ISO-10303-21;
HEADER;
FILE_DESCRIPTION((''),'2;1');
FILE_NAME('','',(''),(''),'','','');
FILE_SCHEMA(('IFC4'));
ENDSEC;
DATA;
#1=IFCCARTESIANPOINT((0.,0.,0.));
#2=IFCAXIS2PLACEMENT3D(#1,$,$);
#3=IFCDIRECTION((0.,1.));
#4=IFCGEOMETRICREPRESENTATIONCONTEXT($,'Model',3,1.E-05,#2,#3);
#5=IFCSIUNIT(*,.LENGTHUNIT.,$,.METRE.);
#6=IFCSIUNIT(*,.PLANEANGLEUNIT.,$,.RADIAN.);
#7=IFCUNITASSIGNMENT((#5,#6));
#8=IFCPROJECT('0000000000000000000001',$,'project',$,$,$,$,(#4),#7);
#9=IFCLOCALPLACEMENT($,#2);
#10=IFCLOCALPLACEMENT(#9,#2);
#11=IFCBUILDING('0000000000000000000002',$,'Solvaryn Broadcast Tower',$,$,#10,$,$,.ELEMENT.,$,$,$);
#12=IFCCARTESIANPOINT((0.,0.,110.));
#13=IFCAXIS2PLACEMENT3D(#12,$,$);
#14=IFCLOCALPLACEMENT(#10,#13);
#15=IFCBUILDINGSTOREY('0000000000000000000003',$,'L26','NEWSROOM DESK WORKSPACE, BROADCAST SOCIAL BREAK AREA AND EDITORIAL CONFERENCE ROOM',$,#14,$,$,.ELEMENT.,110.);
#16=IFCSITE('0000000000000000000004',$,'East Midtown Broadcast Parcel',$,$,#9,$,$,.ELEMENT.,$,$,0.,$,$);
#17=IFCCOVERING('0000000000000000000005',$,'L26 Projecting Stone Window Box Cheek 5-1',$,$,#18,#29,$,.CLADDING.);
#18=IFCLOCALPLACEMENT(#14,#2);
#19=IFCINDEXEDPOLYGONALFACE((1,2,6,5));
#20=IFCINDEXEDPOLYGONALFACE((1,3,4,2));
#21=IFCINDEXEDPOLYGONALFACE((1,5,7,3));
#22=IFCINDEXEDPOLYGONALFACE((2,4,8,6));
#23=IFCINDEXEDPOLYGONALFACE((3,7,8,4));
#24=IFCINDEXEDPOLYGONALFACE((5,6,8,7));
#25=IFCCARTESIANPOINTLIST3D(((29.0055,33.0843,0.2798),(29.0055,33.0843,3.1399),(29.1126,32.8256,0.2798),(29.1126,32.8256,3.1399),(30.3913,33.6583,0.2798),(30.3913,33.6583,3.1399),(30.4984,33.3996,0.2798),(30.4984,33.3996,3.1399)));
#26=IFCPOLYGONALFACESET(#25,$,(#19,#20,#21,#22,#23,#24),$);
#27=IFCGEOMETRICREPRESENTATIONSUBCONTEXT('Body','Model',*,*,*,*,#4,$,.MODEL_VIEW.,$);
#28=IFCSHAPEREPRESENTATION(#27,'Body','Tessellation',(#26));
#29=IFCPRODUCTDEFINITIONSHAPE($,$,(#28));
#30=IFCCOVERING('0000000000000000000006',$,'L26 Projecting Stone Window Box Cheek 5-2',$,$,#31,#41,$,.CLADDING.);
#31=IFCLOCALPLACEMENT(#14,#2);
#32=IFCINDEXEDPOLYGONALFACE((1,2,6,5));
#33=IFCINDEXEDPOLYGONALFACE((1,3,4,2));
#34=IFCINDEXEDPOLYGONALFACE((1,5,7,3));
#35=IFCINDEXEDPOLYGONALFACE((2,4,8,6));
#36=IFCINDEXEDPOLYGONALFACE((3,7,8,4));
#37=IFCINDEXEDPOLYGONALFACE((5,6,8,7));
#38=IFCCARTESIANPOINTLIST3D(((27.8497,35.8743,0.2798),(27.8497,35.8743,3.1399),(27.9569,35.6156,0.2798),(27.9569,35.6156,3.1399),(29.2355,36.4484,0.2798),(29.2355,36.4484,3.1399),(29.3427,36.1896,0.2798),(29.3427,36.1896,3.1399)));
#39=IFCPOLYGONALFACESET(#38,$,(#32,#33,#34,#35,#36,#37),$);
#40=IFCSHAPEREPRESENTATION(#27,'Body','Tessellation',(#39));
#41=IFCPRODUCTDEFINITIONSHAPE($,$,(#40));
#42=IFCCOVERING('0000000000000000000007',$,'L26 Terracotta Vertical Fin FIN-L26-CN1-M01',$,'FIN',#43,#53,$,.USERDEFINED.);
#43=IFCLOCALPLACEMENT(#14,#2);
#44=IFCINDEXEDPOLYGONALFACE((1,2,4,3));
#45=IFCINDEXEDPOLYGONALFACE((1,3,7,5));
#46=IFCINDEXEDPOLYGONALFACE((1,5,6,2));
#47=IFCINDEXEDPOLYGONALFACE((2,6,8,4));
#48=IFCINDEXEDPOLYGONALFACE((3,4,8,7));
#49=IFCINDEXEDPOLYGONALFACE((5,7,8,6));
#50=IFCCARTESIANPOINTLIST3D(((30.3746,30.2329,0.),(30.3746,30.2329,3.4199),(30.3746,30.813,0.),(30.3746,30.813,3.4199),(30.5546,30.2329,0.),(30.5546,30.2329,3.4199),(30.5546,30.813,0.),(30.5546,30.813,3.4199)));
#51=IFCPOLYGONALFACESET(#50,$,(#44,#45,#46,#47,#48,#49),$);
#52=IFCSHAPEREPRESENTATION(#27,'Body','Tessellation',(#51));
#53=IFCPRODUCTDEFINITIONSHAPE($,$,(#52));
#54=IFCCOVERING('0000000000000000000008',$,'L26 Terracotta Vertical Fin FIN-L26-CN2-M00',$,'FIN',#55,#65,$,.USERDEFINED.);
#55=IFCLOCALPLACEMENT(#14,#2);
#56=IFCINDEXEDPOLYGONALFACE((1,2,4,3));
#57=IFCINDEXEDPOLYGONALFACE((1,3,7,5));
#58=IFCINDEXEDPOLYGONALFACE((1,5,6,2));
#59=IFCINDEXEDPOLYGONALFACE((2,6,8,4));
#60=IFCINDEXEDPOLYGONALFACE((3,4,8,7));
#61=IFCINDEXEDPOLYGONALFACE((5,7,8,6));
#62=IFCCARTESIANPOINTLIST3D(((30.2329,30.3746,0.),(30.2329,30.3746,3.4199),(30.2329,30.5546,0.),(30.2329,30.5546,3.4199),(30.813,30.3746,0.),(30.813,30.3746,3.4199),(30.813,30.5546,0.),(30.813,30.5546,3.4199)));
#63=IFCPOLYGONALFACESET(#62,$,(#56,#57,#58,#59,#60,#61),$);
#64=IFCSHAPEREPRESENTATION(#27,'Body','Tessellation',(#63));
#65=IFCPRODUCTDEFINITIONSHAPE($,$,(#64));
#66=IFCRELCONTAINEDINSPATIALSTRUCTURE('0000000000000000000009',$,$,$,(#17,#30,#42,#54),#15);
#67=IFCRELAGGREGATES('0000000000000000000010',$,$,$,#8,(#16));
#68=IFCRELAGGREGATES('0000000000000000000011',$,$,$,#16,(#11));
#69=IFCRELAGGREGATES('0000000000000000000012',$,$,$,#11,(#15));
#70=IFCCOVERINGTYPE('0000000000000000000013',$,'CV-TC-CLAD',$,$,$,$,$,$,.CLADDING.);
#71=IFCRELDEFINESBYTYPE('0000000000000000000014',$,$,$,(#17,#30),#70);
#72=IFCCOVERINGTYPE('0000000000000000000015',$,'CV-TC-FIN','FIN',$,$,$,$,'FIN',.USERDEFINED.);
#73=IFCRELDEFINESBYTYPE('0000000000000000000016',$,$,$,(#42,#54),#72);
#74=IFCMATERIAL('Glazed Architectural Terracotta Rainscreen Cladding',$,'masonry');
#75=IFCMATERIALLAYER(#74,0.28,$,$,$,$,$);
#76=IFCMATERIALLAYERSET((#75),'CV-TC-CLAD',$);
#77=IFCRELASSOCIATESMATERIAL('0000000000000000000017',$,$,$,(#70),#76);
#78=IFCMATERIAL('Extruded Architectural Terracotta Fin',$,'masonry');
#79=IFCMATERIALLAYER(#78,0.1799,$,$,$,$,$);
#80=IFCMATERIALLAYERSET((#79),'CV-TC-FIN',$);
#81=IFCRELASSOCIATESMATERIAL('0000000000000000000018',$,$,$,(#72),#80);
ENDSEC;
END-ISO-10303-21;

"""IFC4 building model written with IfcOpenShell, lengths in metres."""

from ifc_helpers import new_model, si_unit, direction, frame, origin, origin_2d, place, context, subcontext, project, spatial, rectangle, extrude, material, layer, layer_set, type_object, element, save


model = new_model("IFC4")

# Units and contexts
model_context = context("Model", 3, precision=1e-05, world=origin(), true_north=direction((0.0, 1.0)))
body_context = subcontext(model_context, "Body", "Model", "MODEL_VIEW")
ifc_project = project(units=[si_unit("LENGTHUNIT", "METRE"), si_unit("PLANEANGLEUNIT", "RADIAN")], contexts=[model_context])

# Site, building, storey
site_placement = place(None, origin())
site = spatial("IfcSite", under=ifc_project, at=site_placement, Name="East Midtown Broadcast Parcel", CompositionType="ELEMENT", RefElevation=0.0)
building_placement = place(site_placement, origin())
building = spatial("IfcBuilding", under=site, at=building_placement, Name="Solvaryn Broadcast Tower", CompositionType="ELEMENT")
storey_placement = place(building_placement, frame((0.0, 0.0, 110.0)))
storey = spatial("IfcBuildingStorey", under=building, at=storey_placement, Name="L26", Description="NEWSROOM DESK WORKSPACE, BROADCAST SOCIAL BREAK AREA AND EDITORIAL CONFERENCE ROOM", CompositionType="ELEMENT", Elevation=110.0)

# Coverings
ifc_material_1 = material(Name="Glazed Architectural Terracotta Rainscreen Cladding", Category="masonry")
ifc_layer_1 = layer(ifc_material_1, 0.28)
ifc_layer_set_1 = layer_set([ifc_layer_1], Name="CV-TC-CLAD")
covering_type_1 = type_object("IfcCoveringType", Name="CV-TC-CLAD", PredefinedType="CLADDING", material=ifc_layer_set_1)
for number, where, z_axis, x_axis, name in (
    (1, (29.752, 33.2419, 0.2798), (0.0, 0.0, 1.0), (-0.382683, 0.92388, 0.0), "L26 Projecting Stone Window Box Cheek 5-1"),
    (2, (28.5962, 36.032, 0.2798), (0.0, 0.0, 1.0), (-0.382683, 0.92388, 0.0), "L26 Projecting Stone Window Box Cheek 5-2"),
):
    element("IfcCovering", number, at=place(storey_placement, frame(where, z_axis=z_axis, x_axis=x_axis)), inside=storey, type_object=covering_type_1, Name=name, PredefinedType="CLADDING", context=body_context, shape_type="SweptSolid", body=[
        extrude(rectangle(XDim=0.28, YDim=1.5, at=origin_2d()), origin(), (0.0, 0.0, 1.0), 2.8601),
    ])
ifc_material_2 = material(Name="Extruded Architectural Terracotta Fin", Category="masonry")
ifc_layer_2 = layer(ifc_material_2, 0.1799)
ifc_layer_set_2 = layer_set([ifc_layer_2], Name="CV-TC-FIN")
covering_type_2 = type_object("IfcCoveringType", Name="CV-TC-FIN", Description="FIN", ElementType="FIN", PredefinedType="USERDEFINED", material=ifc_layer_set_2)
covering_1_placement = place(storey_placement, frame((30.4646, 30.5229, 0.0), z_axis=(0.0, 0.0, 1.0), x_axis=(1.0, 0.0, 0.0)))
element("IfcCovering", 3, at=covering_1_placement, inside=storey, type_object=covering_type_2, Name="L26 Terracotta Vertical Fin FIN-L26-CN1-M01", ObjectType="FIN", PredefinedType="USERDEFINED", context=body_context, shape_type="SweptSolid", body=[
    extrude(rectangle(XDim=0.1799, YDim=0.5801, at=origin_2d()), origin(), (0.0, 0.0, 1.0), 3.4199),
])
covering_2_placement = place(storey_placement, frame((30.5229, 30.4646, 0.0), z_axis=(0.0, 0.0, 1.0), x_axis=(1.0, 0.0, 0.0)))
element("IfcCovering", 4, at=covering_2_placement, inside=storey, type_object=covering_type_2, Name="L26 Terracotta Vertical Fin FIN-L26-CN2-M00", ObjectType="FIN", PredefinedType="USERDEFINED", context=body_context, shape_type="SweptSolid", body=[
    extrude(rectangle(XDim=0.5801, YDim=0.1799, at=origin_2d()), origin(), (0.0, 0.0, 1.0), 3.4199),
])

save(model, "model.ifc")
